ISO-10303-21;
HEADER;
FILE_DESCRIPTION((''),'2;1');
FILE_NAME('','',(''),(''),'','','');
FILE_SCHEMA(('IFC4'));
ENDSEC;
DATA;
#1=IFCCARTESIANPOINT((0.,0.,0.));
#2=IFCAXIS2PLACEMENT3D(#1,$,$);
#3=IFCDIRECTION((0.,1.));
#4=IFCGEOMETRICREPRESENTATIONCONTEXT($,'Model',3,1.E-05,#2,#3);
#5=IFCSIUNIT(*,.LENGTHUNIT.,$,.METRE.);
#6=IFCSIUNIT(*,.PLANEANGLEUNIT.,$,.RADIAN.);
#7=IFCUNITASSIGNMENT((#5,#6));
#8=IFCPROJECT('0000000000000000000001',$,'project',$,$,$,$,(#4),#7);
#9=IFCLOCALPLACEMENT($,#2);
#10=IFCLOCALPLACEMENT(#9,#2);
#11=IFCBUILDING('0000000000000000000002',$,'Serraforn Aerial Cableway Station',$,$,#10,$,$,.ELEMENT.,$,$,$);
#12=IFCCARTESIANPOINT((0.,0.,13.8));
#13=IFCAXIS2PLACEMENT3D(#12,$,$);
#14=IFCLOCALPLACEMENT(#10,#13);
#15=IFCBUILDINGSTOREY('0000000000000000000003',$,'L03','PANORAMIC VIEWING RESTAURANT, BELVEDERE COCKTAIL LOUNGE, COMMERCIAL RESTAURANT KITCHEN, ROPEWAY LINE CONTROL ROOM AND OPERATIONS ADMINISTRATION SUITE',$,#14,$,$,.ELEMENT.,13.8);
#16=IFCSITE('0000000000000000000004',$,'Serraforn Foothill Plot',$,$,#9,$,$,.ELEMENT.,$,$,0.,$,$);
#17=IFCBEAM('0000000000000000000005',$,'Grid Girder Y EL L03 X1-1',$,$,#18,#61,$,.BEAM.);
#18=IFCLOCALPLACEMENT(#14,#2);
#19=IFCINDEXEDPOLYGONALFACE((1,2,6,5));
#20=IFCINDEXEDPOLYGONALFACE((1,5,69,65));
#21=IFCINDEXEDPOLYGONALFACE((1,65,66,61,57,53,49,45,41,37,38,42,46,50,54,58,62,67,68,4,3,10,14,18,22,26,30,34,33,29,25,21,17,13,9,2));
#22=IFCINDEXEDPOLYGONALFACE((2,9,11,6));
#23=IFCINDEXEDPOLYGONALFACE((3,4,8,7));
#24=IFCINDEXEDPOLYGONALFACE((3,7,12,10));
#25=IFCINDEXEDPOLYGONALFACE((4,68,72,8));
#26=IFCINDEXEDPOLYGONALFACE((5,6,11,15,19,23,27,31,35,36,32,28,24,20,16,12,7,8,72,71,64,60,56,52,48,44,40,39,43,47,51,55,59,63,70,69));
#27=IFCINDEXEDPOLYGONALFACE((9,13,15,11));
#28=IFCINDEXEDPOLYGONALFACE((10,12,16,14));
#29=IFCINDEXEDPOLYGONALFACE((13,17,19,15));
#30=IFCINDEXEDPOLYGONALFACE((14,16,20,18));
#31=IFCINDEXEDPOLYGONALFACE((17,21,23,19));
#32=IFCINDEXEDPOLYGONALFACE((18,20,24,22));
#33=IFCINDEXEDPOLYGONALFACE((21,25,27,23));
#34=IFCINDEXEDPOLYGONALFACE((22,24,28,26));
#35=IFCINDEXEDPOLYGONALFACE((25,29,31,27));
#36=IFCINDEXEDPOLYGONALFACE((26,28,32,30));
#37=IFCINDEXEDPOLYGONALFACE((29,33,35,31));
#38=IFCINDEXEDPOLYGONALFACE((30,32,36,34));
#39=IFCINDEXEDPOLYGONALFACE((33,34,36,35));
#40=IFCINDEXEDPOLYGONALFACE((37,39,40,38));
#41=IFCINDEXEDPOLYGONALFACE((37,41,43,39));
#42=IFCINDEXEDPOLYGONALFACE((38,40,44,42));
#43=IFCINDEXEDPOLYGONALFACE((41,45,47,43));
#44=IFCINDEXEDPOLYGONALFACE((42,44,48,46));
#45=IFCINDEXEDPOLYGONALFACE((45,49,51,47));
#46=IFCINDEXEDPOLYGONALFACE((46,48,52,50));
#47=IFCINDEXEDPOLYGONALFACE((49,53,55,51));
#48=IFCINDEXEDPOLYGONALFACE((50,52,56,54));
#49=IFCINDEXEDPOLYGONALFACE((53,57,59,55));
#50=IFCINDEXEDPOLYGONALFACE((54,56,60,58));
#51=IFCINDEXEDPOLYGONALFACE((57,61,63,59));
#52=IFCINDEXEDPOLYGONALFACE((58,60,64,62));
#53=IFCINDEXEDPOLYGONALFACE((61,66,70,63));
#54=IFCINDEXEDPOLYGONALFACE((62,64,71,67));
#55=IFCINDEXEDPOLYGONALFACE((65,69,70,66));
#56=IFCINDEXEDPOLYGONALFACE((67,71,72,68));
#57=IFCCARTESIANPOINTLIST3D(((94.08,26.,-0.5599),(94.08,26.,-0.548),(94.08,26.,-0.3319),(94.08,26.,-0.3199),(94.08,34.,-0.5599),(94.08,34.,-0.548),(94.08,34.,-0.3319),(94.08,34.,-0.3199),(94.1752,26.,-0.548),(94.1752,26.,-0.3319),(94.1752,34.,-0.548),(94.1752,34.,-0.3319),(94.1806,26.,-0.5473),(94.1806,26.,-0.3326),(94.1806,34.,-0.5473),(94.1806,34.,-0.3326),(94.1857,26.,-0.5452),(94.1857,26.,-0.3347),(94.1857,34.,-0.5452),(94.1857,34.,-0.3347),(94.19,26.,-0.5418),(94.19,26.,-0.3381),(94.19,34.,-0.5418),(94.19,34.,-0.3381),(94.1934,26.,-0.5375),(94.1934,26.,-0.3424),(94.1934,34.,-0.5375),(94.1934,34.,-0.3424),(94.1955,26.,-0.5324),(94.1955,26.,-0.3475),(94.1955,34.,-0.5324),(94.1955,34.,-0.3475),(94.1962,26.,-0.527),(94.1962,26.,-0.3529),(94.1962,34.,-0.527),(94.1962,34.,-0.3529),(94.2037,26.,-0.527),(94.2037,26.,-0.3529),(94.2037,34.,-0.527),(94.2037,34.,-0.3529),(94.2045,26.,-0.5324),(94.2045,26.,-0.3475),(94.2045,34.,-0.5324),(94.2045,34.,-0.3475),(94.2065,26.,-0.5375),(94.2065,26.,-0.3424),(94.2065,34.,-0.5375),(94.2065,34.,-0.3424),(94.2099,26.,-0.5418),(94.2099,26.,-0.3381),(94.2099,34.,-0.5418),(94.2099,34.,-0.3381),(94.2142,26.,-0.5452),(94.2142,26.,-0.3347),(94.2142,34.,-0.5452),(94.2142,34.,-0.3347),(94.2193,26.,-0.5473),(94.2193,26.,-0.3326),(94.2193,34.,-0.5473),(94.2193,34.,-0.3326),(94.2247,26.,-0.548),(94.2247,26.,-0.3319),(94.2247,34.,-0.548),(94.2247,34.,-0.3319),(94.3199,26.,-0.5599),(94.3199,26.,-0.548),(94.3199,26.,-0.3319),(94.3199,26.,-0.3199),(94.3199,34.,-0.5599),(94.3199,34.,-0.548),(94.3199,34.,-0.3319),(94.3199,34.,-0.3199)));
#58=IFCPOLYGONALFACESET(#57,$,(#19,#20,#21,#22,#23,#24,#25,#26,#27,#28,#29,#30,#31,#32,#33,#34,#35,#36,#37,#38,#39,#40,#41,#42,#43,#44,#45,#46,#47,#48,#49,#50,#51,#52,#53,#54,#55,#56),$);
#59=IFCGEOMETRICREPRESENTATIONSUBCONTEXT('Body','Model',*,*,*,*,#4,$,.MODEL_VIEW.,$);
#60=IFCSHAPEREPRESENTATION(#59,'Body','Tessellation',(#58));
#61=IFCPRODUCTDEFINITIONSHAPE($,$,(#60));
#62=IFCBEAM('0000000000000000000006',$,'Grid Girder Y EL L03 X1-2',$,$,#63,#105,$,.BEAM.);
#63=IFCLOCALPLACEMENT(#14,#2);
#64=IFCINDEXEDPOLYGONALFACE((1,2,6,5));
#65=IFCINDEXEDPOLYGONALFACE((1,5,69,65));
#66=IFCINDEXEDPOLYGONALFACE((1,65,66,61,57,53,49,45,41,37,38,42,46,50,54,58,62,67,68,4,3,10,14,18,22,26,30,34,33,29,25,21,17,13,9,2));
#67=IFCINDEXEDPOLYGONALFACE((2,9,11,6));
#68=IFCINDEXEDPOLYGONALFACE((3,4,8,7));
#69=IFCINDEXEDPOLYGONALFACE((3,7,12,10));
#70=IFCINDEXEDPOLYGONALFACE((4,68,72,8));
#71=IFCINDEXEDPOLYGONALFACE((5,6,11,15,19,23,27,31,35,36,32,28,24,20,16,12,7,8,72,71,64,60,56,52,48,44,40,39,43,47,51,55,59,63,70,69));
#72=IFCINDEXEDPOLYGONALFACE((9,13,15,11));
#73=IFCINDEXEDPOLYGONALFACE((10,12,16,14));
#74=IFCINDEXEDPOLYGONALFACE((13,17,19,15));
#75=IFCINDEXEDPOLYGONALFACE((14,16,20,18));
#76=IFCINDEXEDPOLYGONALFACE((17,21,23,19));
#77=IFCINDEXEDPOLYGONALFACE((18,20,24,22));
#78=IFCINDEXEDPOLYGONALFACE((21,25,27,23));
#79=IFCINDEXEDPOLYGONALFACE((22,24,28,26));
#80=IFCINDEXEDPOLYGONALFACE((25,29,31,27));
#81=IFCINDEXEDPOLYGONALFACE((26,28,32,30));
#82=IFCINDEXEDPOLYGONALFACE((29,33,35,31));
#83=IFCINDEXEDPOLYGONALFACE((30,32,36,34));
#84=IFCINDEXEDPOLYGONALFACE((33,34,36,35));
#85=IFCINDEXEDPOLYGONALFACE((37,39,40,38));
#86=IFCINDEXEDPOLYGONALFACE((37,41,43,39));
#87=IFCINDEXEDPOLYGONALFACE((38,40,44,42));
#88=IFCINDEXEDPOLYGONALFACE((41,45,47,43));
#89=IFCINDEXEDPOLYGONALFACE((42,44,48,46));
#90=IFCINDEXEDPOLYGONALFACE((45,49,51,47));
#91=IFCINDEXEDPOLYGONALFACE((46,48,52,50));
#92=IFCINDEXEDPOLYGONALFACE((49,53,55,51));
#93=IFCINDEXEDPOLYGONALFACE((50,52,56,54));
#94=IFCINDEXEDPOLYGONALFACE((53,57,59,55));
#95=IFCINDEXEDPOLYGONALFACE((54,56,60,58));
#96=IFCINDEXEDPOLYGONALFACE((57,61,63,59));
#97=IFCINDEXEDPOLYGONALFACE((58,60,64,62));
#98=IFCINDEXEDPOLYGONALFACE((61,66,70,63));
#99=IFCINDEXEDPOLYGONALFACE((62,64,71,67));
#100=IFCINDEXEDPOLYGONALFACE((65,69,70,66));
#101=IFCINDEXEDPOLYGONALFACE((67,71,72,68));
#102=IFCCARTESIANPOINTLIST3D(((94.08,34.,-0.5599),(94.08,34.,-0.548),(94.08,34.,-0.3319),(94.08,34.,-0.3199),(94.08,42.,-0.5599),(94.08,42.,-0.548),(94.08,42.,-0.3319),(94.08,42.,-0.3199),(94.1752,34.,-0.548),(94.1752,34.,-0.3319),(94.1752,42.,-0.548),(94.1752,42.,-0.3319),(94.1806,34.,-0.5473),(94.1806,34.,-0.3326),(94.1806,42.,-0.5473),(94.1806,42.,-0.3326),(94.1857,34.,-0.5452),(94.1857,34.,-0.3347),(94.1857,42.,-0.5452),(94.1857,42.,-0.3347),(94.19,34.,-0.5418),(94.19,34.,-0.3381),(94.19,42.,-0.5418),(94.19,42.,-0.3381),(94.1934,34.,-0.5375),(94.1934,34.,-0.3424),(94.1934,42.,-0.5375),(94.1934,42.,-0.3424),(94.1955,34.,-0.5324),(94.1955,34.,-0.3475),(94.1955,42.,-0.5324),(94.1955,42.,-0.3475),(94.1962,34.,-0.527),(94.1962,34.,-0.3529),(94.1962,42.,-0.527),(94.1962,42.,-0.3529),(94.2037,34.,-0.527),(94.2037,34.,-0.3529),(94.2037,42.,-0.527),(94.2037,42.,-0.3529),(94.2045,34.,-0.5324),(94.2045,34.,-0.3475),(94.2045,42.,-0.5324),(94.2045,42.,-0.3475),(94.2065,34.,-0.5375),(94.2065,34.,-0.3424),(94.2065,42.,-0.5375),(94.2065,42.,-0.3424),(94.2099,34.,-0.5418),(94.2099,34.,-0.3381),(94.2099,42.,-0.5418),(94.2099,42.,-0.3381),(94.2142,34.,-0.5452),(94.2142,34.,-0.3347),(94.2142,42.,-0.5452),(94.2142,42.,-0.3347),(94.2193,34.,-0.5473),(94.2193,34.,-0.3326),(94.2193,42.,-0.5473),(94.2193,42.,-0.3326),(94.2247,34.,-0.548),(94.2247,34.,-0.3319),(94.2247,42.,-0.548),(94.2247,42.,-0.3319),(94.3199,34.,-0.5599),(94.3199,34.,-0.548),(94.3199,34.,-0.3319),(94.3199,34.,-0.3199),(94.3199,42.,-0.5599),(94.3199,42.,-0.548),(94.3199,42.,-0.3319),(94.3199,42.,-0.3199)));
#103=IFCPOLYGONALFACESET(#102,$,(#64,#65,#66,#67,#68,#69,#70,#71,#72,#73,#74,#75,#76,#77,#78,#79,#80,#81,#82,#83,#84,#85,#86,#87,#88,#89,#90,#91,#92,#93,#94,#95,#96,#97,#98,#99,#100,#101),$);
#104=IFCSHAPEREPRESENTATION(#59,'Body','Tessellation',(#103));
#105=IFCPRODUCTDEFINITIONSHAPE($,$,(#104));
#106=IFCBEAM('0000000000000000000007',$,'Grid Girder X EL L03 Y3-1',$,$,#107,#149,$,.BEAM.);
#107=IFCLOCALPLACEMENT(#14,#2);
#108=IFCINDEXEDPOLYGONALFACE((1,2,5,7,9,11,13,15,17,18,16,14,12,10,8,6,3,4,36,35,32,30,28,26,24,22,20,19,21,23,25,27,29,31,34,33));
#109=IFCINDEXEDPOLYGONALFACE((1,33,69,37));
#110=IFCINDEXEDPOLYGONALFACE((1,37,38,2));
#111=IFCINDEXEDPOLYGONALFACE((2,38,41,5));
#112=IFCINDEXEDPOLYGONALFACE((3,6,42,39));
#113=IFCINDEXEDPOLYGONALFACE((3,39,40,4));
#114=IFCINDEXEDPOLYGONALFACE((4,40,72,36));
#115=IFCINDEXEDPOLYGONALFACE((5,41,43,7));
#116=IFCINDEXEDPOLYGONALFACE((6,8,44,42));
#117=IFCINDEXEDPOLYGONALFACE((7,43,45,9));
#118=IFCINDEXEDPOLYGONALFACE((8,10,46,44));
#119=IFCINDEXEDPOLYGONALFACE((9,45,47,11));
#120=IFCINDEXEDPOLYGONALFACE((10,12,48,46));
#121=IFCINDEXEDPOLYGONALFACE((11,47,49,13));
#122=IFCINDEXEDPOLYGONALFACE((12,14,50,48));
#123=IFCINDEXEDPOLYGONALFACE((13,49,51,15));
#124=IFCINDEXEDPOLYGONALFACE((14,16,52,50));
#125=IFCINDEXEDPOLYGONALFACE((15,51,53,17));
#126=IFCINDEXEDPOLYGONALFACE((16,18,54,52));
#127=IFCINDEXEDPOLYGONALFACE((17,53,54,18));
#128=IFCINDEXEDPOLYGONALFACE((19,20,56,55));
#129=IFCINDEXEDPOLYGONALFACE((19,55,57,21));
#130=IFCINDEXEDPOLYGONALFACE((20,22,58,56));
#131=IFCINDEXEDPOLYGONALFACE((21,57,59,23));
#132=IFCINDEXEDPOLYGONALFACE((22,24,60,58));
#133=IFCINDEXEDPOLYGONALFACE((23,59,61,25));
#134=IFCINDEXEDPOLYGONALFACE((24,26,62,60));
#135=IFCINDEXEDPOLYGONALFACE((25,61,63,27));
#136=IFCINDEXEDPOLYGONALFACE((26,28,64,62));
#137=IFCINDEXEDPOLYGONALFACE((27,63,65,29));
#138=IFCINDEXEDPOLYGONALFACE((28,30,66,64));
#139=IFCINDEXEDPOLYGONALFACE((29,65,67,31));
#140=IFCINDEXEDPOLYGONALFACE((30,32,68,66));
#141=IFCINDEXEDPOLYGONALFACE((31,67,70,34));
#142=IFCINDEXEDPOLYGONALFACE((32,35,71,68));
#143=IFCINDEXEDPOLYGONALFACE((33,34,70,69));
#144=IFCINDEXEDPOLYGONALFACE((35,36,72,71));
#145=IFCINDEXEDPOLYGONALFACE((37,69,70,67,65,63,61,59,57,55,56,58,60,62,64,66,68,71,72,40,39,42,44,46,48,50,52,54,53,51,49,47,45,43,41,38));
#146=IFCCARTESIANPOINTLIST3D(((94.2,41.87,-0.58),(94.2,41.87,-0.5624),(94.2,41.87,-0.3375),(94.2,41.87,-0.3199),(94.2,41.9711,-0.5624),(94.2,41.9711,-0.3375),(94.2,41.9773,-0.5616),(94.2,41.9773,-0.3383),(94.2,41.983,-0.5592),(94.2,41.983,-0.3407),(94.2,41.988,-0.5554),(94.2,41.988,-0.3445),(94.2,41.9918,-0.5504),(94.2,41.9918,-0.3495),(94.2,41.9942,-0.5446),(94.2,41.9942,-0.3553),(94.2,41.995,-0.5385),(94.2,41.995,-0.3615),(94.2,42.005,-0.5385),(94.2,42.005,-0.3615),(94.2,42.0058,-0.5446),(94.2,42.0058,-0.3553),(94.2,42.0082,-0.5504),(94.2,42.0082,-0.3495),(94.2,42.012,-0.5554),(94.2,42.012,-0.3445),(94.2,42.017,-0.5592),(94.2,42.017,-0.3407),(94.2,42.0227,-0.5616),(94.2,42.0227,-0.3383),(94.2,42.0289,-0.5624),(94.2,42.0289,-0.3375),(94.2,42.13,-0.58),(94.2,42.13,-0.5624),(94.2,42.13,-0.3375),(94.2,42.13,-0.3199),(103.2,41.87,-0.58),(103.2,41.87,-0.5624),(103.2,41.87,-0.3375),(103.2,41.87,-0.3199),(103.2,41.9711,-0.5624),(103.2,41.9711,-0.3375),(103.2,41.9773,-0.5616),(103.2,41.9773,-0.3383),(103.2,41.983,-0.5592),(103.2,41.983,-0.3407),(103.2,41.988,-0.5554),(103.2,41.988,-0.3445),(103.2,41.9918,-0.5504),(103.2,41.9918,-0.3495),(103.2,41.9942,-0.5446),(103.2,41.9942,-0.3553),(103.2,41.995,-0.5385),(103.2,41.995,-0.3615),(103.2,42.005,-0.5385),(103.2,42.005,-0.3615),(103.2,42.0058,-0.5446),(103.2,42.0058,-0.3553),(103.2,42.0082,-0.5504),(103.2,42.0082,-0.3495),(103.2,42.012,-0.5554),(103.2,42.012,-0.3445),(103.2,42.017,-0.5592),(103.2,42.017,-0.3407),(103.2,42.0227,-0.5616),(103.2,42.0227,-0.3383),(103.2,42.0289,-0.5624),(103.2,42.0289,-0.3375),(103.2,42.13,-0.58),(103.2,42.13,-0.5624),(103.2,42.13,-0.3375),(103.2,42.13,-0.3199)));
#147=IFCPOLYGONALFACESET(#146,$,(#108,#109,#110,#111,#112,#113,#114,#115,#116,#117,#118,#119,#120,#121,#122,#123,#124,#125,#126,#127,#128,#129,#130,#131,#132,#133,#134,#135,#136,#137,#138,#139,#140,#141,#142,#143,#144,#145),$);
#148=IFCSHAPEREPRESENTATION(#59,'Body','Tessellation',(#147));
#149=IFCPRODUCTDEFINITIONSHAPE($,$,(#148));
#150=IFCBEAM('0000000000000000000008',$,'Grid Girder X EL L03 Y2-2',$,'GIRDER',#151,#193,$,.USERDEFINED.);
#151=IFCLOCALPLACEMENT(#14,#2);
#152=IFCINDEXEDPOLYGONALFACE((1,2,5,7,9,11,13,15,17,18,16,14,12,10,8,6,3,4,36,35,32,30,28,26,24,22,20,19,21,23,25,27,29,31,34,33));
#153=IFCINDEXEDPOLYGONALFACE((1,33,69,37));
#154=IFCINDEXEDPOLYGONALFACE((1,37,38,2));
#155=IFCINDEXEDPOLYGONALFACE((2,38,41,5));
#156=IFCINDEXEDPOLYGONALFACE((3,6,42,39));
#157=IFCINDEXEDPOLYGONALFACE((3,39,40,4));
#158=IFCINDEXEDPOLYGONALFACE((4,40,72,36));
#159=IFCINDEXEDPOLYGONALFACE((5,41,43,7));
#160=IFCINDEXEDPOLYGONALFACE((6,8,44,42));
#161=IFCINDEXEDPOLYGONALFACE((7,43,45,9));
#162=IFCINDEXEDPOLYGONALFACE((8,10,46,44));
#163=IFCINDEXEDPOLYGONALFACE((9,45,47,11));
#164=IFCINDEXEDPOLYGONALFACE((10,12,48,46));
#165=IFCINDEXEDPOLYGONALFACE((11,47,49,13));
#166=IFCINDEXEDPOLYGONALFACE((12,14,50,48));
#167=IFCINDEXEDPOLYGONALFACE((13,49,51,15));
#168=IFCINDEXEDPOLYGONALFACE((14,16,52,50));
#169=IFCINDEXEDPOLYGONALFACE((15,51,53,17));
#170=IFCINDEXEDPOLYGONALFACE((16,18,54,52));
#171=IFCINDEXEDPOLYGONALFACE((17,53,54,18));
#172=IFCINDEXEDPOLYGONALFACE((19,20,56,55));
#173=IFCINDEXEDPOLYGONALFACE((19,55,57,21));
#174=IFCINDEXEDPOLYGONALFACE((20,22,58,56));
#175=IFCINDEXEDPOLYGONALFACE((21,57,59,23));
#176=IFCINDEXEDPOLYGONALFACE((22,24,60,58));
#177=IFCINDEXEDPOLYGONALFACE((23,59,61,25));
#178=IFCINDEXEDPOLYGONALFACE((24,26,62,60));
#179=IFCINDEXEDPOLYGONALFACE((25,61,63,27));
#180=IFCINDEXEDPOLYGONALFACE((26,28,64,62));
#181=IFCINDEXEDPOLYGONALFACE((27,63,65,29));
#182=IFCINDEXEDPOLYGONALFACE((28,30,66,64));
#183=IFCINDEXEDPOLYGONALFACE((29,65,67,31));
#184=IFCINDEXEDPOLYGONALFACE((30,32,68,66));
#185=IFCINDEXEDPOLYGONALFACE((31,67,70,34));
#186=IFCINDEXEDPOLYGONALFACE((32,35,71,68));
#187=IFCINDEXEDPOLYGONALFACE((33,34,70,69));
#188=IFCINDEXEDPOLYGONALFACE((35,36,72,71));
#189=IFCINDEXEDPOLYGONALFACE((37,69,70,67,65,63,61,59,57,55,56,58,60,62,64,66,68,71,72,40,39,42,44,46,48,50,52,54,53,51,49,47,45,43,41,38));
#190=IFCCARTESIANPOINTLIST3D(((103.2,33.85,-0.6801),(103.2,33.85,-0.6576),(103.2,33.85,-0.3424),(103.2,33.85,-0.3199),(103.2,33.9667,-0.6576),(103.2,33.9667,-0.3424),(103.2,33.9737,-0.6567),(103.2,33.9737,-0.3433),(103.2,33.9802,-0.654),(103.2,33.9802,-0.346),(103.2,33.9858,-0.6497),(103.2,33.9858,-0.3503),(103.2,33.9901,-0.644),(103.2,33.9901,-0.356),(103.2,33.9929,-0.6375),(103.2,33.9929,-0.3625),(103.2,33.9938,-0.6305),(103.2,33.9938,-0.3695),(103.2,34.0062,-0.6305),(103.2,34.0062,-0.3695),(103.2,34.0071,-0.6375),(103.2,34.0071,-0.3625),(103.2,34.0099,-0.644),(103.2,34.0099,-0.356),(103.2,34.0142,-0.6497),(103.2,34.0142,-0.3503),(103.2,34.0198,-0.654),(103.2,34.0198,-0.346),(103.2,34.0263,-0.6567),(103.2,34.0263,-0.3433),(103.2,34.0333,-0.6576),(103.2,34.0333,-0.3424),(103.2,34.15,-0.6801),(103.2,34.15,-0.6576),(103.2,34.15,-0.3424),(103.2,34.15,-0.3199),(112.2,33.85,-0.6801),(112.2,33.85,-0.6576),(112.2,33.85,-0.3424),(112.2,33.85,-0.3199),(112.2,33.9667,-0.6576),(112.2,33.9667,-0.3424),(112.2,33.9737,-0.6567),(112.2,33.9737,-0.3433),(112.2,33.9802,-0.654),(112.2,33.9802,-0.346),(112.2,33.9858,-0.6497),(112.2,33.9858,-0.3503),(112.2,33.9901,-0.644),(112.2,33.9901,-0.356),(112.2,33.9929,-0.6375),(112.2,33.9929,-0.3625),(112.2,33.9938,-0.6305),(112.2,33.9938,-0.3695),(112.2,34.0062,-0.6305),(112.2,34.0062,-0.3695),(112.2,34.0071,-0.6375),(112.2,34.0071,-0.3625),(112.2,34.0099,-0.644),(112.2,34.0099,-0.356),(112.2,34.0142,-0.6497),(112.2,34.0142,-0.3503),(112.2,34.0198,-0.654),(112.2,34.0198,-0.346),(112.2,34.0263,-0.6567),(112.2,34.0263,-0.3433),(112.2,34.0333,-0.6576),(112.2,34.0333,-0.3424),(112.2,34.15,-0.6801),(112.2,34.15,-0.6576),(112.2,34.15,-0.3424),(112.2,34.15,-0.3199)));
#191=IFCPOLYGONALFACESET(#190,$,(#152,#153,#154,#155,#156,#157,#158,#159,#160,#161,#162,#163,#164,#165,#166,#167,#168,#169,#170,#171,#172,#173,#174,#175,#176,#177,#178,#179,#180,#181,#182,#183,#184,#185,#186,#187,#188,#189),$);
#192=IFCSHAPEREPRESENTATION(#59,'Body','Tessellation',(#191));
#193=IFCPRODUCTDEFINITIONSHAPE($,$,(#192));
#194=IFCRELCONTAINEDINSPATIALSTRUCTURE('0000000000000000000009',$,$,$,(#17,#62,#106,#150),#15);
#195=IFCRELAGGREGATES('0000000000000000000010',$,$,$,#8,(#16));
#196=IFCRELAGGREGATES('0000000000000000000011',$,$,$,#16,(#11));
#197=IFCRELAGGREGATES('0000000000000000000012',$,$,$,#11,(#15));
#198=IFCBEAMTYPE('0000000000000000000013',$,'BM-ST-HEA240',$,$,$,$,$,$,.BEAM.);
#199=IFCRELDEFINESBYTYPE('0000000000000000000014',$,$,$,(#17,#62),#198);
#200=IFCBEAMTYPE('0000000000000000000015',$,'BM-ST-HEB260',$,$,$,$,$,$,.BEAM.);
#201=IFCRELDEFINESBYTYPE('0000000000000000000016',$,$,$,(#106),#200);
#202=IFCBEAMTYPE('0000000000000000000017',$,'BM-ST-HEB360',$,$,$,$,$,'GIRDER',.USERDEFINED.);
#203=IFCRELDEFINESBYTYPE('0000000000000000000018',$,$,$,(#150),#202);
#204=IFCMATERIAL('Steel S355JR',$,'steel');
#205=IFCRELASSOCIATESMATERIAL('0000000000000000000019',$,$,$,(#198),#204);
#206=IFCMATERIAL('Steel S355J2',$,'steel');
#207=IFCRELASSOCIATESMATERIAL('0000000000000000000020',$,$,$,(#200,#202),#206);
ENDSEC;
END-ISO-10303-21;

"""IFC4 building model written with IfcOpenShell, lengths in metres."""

from ifc_helpers import new_model, si_unit, direction, frame, origin, origin_2d, place, context, subcontext, project, spatial, i_section, extrude, material, material_profile, profile_set, type_object, element, save


model = new_model("IFC4")

# Units and contexts
model_context = context("Model", 3, precision=1e-05, world=origin(), true_north=direction((0.0, 1.0)))
body_context = subcontext(model_context, "Body", "Model", "MODEL_VIEW")
ifc_project = project(units=[si_unit("LENGTHUNIT", "METRE"), si_unit("PLANEANGLEUNIT", "RADIAN")], contexts=[model_context])

# Site, building, storey
site_placement = place(None, origin())
site = spatial("IfcSite", under=ifc_project, at=site_placement, Name="Serraforn Foothill Plot", CompositionType="ELEMENT", RefElevation=0.0)
building_placement = place(site_placement, origin())
building = spatial("IfcBuilding", under=site, at=building_placement, Name="Serraforn Aerial Cableway Station", CompositionType="ELEMENT")
storey_placement = place(building_placement, frame((0.0, 0.0, 13.8)))
storey = spatial("IfcBuildingStorey", under=building, at=storey_placement, Name="L03", Description="PANORAMIC VIEWING RESTAURANT, BELVEDERE COCKTAIL LOUNGE, COMMERCIAL RESTAURANT KITCHEN, ROPEWAY LINE CONTROL ROOM AND OPERATIONS ADMINISTRATION SUITE", CompositionType="ELEMENT", Elevation=13.8)

# Beams
ifc_material_1 = material(Name="Steel S355JR", Category="steel")
ifc_material_profile_1 = material_profile(ifc_material_1, i_section(OverallWidth=0.24, OverallDepth=0.24, WebThickness=0.0076, FlangeThickness=0.012, FilletRadius=0.021, at=origin_2d()), Name="HEA 240")
ifc_profile_set_1 = profile_set([ifc_material_profile_1], Name="Steel S355JR")
beam_type_1 = type_object("IfcBeamType", Name="BM-ST-HEA240", PredefinedType="BEAM", material=ifc_profile_set_1)
for number, where, z_axis, x_axis, name in (
    (1, (94.2, 26.0, -0.4399), (0.0, 1.0, 0.0), (-1.0, 0.0, 0.0), "Grid Girder Y EL L03 X1-1"),
    (2, (94.2, 34.0, -0.4399), (0.0, 1.0, 0.0), (-1.0, 0.0, 0.0), "Grid Girder Y EL L03 X1-2"),
):
    element("IfcBeam", number, at=place(storey_placement, frame(where, z_axis=z_axis, x_axis=x_axis)), inside=storey, type_object=beam_type_1, Name=name, PredefinedType="BEAM", context=body_context, shape_type="SweptSolid", body=[
        extrude(i_section(OverallWidth=0.24, OverallDepth=0.24, WebThickness=0.0076, FlangeThickness=0.012, FilletRadius=0.021, at=origin_2d()), origin(), (0.0, 0.0, 1.0), 8.0),
    ])
ifc_material_2 = material(Name="Steel S355J2", Category="steel")
ifc_material_profile_2 = material_profile(ifc_material_2, i_section(OverallWidth=0.26, OverallDepth=0.26, WebThickness=0.01, FlangeThickness=0.0176, FilletRadius=0.0239, at=origin_2d()), Name="HEB 260")
ifc_profile_set_2 = profile_set([ifc_material_profile_2], Name="Steel S355J2")
beam_type_2 = type_object("IfcBeamType", Name="BM-ST-HEB260", PredefinedType="BEAM", material=ifc_profile_set_2)
beam_1_placement = place(storey_placement, frame((94.2, 42.0, -0.45), z_axis=(1.0, 0.0, 0.0), x_axis=(0.0, 1.0, 0.0)))
element("IfcBeam", 3, at=beam_1_placement, inside=storey, type_object=beam_type_2, Name="Grid Girder X EL L03 Y3-1", PredefinedType="BEAM", context=body_context, shape_type="SweptSolid", body=[
    extrude(i_section(OverallWidth=0.26, OverallDepth=0.26, WebThickness=0.01, FlangeThickness=0.0176, FilletRadius=0.0239, at=origin_2d()), origin(), (0.0, 0.0, 1.0), 9.0),
])
ifc_material_profile_3 = material_profile(ifc_material_2, i_section(OverallWidth=0.3, OverallDepth=0.3601, WebThickness=0.0125, FlangeThickness=0.0225, FilletRadius=0.0271, at=origin_2d()), Name="HEB 360")
ifc_profile_set_3 = profile_set([ifc_material_profile_3], Name="Steel S355J2")
beam_type_3 = type_object("IfcBeamType", Name="BM-ST-HEB360", ElementType="GIRDER", PredefinedType="USERDEFINED", material=ifc_profile_set_3)
beam_2_placement = place(storey_placement, frame((103.2, 34.0, -0.5), z_axis=(1.0, 0.0, 0.0), x_axis=(0.0, 1.0, 0.0)))
element("IfcBeam", 4, at=beam_2_placement, inside=storey, type_object=beam_type_3, Name="Grid Girder X EL L03 Y2-2", ObjectType="GIRDER", PredefinedType="USERDEFINED", context=body_context, shape_type="SweptSolid", body=[
    extrude(i_section(OverallWidth=0.3, OverallDepth=0.3601, WebThickness=0.0125, FlangeThickness=0.0225, FilletRadius=0.0271, at=origin_2d()), origin(), (0.0, 0.0, 1.0), 9.0),
])

save(model, "model.ifc")
